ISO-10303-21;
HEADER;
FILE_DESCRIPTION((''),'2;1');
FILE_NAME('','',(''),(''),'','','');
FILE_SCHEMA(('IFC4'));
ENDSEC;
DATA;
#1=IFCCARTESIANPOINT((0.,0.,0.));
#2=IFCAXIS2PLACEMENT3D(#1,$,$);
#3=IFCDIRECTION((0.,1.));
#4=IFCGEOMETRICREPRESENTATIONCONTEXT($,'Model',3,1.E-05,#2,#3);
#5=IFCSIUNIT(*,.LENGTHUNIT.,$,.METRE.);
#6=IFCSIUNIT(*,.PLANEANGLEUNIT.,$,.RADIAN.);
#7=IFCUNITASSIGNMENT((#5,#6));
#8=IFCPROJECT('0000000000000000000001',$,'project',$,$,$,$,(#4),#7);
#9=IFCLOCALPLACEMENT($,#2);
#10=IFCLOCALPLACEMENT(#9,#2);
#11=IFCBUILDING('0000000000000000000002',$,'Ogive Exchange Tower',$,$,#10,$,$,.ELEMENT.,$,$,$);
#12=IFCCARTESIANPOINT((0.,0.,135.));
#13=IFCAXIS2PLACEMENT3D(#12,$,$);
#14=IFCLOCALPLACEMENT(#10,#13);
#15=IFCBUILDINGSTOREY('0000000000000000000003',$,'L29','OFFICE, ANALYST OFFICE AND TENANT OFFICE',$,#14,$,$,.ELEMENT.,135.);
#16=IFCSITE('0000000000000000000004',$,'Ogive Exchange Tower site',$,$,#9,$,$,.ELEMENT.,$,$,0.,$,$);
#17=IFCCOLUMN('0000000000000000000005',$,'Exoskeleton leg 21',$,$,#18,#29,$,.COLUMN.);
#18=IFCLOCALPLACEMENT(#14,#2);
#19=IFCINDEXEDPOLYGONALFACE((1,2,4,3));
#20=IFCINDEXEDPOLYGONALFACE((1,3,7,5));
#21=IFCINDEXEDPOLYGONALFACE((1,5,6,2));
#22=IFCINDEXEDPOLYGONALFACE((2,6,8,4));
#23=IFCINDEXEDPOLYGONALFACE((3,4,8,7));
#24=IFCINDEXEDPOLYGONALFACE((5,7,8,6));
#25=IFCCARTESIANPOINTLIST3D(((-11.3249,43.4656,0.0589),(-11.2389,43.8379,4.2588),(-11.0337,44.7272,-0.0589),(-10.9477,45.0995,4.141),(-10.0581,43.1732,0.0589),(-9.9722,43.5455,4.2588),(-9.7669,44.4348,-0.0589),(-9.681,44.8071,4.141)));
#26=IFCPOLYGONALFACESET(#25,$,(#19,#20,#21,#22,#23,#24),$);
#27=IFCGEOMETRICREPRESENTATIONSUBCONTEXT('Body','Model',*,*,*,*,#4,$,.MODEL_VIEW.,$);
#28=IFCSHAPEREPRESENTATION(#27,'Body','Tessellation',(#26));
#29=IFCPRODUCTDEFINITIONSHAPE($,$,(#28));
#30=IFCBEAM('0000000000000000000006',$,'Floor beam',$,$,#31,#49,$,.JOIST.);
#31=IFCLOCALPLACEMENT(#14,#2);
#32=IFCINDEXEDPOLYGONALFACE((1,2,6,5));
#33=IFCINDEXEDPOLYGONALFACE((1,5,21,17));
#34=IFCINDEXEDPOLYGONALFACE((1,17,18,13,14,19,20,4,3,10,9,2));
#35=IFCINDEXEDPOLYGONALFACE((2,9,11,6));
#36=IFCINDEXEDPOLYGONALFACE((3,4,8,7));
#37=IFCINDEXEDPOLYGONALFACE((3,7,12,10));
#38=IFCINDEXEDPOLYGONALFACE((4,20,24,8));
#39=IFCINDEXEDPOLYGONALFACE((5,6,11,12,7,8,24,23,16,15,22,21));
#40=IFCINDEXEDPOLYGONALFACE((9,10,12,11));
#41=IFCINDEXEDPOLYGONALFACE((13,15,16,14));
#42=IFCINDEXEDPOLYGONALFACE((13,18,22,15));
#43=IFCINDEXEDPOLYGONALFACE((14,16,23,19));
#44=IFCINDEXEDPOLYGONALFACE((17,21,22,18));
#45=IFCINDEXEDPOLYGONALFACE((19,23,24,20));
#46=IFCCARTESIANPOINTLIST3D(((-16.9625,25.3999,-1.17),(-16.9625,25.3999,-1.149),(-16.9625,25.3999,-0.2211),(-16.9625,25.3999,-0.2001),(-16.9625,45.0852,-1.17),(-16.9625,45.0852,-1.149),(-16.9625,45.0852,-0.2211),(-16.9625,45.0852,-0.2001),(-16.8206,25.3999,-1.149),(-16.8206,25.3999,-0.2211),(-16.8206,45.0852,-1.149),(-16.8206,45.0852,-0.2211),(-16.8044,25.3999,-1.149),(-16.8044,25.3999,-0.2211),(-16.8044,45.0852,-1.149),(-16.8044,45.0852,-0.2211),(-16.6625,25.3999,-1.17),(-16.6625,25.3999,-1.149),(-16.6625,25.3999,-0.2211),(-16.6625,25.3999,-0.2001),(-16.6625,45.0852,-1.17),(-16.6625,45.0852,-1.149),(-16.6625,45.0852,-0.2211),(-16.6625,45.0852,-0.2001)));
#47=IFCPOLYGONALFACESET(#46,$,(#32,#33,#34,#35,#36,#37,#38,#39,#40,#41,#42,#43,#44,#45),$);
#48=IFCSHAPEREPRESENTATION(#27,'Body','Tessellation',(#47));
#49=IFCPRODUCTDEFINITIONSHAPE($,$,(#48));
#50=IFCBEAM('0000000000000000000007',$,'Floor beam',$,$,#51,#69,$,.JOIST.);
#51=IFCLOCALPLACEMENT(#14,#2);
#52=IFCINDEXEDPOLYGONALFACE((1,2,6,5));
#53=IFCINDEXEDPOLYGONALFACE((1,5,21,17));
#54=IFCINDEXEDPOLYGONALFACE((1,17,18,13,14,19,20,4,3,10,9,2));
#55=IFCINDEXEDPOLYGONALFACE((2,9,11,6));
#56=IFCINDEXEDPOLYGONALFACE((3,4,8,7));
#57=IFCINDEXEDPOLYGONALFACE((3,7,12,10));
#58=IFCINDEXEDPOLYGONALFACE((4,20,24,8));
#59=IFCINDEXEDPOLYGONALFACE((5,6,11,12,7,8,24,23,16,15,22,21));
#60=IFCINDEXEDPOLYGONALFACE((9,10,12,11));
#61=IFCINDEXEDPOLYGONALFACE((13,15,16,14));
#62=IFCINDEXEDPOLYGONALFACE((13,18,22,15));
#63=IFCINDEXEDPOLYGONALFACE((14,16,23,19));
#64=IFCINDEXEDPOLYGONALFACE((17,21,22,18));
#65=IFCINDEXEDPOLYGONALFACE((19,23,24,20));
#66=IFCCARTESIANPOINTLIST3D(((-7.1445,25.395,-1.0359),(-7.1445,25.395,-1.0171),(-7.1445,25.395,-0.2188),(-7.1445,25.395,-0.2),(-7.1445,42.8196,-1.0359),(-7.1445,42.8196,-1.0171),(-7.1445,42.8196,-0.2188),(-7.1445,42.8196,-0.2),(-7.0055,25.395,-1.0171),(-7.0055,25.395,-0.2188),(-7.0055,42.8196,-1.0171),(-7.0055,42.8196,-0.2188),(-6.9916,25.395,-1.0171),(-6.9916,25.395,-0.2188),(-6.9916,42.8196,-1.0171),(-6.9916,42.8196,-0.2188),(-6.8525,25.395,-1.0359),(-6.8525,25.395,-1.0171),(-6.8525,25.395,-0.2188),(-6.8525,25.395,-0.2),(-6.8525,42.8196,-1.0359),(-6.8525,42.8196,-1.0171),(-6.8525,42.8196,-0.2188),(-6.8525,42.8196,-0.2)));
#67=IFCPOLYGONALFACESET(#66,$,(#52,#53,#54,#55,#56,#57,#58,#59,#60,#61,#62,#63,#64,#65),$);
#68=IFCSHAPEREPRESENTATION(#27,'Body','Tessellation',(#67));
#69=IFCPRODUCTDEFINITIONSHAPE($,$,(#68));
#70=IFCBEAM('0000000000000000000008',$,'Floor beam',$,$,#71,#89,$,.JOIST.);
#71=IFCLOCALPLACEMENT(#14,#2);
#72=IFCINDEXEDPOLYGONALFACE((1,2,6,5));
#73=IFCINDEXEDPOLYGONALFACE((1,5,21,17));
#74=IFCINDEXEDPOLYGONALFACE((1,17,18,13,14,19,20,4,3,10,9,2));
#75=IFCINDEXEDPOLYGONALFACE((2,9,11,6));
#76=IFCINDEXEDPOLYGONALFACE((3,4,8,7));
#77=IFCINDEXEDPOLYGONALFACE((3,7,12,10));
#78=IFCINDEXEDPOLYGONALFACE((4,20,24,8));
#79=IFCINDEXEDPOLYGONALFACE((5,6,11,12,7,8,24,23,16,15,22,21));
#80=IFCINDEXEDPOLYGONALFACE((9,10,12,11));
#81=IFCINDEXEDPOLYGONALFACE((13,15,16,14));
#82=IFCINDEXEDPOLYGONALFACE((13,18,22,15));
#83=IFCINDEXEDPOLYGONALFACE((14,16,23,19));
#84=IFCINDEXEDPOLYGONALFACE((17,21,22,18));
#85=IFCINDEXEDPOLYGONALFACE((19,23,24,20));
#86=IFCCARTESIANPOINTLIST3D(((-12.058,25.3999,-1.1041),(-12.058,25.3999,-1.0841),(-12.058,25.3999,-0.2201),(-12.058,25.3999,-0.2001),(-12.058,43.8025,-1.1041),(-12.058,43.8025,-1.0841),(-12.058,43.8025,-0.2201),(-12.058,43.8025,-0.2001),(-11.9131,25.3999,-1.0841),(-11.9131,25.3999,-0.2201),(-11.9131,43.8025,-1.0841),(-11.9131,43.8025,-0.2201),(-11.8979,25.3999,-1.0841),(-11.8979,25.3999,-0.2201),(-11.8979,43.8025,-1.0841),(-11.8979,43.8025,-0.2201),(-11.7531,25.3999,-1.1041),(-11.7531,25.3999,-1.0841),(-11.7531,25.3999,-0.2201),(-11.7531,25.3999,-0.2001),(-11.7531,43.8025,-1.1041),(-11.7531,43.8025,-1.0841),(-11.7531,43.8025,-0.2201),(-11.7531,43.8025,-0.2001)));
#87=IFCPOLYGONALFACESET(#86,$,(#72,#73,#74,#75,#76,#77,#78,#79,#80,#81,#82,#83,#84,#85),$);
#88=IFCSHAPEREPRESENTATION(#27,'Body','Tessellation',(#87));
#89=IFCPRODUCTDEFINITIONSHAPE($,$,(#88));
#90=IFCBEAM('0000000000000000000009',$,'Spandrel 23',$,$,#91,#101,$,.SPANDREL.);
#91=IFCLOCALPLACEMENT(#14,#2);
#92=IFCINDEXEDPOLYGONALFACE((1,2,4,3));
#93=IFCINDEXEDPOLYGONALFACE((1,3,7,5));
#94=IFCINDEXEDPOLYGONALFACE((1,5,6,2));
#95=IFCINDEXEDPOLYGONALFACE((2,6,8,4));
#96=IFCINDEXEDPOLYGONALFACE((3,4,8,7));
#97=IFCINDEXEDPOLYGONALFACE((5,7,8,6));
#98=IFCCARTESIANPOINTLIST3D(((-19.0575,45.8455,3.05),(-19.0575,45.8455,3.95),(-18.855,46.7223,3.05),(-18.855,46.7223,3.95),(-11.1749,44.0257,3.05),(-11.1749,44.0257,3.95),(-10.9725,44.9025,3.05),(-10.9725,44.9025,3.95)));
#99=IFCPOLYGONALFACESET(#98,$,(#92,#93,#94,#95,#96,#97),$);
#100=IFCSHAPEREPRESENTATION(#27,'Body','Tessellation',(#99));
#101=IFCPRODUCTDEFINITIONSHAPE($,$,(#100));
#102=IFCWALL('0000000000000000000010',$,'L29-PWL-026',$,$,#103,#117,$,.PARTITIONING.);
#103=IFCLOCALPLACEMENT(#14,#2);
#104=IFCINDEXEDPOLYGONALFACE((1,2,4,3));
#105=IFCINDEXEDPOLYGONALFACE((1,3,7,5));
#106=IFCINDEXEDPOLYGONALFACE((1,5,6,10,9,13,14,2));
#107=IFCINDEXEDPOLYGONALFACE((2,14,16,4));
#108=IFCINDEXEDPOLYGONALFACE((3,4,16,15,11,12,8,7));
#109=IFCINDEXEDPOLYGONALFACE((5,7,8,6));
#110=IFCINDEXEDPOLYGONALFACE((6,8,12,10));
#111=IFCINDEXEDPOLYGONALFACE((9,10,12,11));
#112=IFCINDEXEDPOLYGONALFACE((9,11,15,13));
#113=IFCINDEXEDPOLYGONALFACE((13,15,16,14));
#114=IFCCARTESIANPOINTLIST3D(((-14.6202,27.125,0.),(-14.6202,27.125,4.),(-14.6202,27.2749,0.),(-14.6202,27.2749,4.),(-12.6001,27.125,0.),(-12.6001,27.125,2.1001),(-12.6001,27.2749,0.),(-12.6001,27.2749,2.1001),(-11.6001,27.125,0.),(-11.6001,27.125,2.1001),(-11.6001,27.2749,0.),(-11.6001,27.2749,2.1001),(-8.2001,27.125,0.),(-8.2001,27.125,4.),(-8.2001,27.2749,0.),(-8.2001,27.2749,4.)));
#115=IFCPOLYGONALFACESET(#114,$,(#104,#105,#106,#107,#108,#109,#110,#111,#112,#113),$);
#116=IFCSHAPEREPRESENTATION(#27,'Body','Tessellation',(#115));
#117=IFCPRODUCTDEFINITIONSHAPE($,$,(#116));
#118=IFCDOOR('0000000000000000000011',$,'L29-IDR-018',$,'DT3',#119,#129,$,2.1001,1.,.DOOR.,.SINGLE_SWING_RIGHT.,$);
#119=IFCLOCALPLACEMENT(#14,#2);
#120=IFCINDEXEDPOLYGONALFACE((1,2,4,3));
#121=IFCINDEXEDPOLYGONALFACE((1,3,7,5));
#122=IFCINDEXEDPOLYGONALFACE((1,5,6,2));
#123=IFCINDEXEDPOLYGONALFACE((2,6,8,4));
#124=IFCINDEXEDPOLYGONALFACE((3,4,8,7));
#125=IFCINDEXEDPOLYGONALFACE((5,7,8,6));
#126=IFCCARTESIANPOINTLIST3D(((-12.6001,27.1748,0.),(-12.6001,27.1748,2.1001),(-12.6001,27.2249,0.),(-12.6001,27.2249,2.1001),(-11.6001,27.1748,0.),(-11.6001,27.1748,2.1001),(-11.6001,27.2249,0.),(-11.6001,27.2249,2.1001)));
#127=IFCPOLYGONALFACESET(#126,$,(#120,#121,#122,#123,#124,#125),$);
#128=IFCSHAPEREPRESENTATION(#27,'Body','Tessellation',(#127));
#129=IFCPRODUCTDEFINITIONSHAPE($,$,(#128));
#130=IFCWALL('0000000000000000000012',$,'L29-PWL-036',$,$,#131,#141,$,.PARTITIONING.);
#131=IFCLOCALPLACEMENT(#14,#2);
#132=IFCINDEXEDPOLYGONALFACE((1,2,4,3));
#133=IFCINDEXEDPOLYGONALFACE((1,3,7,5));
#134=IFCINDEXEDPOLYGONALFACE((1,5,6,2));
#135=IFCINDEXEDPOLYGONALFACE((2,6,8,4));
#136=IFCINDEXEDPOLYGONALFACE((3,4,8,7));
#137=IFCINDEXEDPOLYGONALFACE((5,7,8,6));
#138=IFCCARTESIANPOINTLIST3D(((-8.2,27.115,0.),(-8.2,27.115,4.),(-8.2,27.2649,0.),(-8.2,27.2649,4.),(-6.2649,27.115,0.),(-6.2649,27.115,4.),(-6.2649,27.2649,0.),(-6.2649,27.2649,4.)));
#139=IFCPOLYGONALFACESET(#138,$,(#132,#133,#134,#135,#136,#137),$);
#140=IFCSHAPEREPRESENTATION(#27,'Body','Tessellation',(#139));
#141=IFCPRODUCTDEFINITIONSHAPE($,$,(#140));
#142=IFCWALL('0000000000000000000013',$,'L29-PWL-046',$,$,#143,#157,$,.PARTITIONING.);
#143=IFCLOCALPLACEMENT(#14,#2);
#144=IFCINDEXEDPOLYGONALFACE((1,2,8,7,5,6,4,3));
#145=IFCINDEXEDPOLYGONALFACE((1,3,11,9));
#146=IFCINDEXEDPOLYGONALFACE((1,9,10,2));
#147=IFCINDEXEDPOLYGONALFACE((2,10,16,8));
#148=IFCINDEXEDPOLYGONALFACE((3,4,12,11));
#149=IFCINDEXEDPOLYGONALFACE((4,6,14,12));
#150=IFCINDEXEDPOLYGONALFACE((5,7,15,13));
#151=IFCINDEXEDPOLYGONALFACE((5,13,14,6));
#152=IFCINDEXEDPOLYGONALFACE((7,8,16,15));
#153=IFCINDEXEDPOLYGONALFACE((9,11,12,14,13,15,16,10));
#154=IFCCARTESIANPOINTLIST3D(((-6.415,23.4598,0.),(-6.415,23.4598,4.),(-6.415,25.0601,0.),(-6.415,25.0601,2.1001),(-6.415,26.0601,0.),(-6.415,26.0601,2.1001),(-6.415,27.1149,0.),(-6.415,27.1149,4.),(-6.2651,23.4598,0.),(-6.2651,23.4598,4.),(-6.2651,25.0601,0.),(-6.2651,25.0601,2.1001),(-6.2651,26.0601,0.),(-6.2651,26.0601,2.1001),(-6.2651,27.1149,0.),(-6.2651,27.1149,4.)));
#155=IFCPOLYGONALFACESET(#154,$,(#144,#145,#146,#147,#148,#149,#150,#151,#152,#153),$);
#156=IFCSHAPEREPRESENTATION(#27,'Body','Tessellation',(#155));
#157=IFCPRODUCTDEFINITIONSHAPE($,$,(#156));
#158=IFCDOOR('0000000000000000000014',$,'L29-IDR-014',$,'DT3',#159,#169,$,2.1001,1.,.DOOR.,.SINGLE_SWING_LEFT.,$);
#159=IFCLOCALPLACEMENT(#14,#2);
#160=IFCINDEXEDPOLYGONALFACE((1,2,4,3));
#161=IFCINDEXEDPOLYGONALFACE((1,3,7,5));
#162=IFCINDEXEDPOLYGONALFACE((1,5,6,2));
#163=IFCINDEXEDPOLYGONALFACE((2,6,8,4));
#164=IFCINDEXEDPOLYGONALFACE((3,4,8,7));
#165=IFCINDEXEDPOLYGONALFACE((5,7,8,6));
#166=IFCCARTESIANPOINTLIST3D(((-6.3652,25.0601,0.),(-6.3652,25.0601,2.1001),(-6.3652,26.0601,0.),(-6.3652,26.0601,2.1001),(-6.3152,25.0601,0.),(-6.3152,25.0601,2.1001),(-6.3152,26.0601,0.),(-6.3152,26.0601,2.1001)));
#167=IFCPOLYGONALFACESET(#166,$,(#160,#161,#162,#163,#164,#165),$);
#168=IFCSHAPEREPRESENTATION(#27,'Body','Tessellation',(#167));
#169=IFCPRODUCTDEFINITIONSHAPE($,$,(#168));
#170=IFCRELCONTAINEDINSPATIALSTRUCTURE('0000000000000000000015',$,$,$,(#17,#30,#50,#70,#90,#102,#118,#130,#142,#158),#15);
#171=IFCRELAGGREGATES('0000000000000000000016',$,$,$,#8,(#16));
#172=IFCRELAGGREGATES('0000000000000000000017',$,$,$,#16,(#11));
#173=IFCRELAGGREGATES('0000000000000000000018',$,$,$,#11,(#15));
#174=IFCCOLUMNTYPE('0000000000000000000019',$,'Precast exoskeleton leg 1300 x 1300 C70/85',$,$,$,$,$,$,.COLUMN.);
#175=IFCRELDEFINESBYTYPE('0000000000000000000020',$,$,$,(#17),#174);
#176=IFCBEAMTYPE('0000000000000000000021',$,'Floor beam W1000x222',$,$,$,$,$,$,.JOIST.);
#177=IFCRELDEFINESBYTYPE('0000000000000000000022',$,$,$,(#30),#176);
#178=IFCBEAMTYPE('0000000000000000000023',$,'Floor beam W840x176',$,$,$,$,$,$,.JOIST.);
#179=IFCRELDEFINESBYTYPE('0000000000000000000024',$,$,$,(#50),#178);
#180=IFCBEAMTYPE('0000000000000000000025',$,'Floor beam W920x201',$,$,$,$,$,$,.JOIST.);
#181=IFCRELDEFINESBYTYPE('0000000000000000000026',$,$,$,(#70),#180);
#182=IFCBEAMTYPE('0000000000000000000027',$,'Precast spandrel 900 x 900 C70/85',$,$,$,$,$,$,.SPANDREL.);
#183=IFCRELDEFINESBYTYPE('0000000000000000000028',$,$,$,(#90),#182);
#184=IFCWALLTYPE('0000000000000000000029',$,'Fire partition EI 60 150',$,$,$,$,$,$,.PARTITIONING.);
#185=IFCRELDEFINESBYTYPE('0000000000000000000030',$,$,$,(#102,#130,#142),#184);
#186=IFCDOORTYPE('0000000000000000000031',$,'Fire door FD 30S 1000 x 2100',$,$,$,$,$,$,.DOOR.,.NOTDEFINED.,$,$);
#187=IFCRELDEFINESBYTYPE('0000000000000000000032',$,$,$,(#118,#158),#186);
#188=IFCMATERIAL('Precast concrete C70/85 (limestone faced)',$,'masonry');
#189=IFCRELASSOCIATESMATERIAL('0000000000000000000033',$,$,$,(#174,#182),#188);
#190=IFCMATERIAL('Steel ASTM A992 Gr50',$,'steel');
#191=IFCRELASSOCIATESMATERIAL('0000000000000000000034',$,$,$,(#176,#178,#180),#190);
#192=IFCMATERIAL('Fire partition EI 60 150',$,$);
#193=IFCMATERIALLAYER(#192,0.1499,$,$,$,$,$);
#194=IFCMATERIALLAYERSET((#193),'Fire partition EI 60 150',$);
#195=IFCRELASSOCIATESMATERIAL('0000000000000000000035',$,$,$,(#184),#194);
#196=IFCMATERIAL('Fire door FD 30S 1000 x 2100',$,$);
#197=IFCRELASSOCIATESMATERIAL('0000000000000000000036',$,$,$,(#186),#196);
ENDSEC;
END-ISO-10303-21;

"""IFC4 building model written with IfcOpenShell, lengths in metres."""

from ifc_helpers import new_model, si_unit, direction, frame, frame_2d, origin, origin_2d, place, context, subcontext, project, spatial, rectangle, i_section, extrude, material, layer, layer_set, material_profile, profile_set, type_object, element, fill, save


model = new_model("IFC4")

# Units and contexts
model_context = context("Model", 3, precision=1e-05, world=origin(), true_north=direction((0.0, 1.0)))
body_context = subcontext(model_context, "Body", "Model", "MODEL_VIEW")
ifc_project = project(units=[si_unit("LENGTHUNIT", "METRE"), si_unit("PLANEANGLEUNIT", "RADIAN")], contexts=[model_context])

# Site, building, storey
site_placement = place(None, origin())
site = spatial("IfcSite", under=ifc_project, at=site_placement, Name="Ogive Exchange Tower site", CompositionType="ELEMENT", RefElevation=0.0)
building_placement = place(site_placement, origin())
building = spatial("IfcBuilding", under=site, at=building_placement, Name="Ogive Exchange Tower", CompositionType="ELEMENT")
storey_placement = place(building_placement, frame((0.0, 0.0, 135.0)))
storey = spatial("IfcBuildingStorey", under=building, at=storey_placement, Name="L29", Description="OFFICE, ANALYST OFFICE AND TENANT OFFICE", CompositionType="ELEMENT", Elevation=135.0)

# Column
ifc_material_1 = material(Name="Precast concrete C70/85 (limestone faced)", Category="masonry")
ifc_material_profile_1 = material_profile(ifc_material_1, rectangle(XDim=1.3, YDim=1.3, at=origin_2d()), Name="1300 x 1300")
ifc_profile_set_1 = profile_set([ifc_material_profile_1], Name="Precast concrete C70/85 (limestone faced)")
column_type = type_object("IfcColumnType", Name="Precast exoskeleton leg 1300 x 1300 C70/85", PredefinedType="COLUMN", material=ifc_profile_set_1)
column_placement = place(storey_placement, frame((-10.5459, 43.9502, 0.0), z_axis=(0.020377, 0.088283, 0.995887), x_axis=(-0.97438, 0.224906, 0.0)))
element("IfcColumn", 1, at=column_placement, inside=storey, type_object=column_type, Name="Exoskeleton leg 21", PredefinedType="COLUMN", context=body_context, shape_type="SweptSolid", body=[
    extrude(rectangle(XDim=1.3, YDim=1.3, at=origin_2d()), origin(), (0.0, 0.0, 1.0), 4.2173),
])

# Beams
ifc_material_2 = material(Name="Steel ASTM A992 Gr50", Category="steel")
ifc_material_profile_2 = material_profile(ifc_material_2, i_section(OverallWidth=0.3, OverallDepth=0.97, WebThickness=0.0161, FlangeThickness=0.021, at=origin_2d()), Name="W1000x222")
ifc_profile_set_2 = profile_set([ifc_material_profile_2], Name="Steel ASTM A992 Gr50")
beam_type_1 = type_object("IfcBeamType", Name="Floor beam W1000x222", PredefinedType="JOIST", material=ifc_profile_set_2)
beam_1_placement = place(storey_placement, frame((-16.8125, 25.3999, -0.6851), z_axis=(0.0, 1.0, 0.0), x_axis=(-1.0, 0.0, 0.0)))
element("IfcBeam", 2, at=beam_1_placement, inside=storey, type_object=beam_type_1, Name="Floor beam", PredefinedType="JOIST", context=body_context, shape_type="SweptSolid", body=[
    extrude(i_section(OverallWidth=0.3, OverallDepth=0.97, WebThickness=0.0161, FlangeThickness=0.021, at=origin_2d()), origin(), (0.0, 0.0, 1.0), 19.6853),
])
ifc_material_profile_3 = material_profile(ifc_material_2, i_section(OverallWidth=0.292, OverallDepth=0.8359, WebThickness=0.0139, FlangeThickness=0.0188, at=origin_2d()), Name="W840x176")
ifc_profile_set_3 = profile_set([ifc_material_profile_3], Name="Steel ASTM A992 Gr50")
beam_type_2 = type_object("IfcBeamType", Name="Floor beam W840x176", PredefinedType="JOIST", material=ifc_profile_set_3)
beam_2_placement = place(storey_placement, frame((-6.9985, 25.395, -0.6179), z_axis=(0.0, 1.0, 0.0), x_axis=(-1.0, 0.0, 0.0)))
element("IfcBeam", 3, at=beam_2_placement, inside=storey, type_object=beam_type_2, Name="Floor beam", PredefinedType="JOIST", context=body_context, shape_type="SweptSolid", body=[
    extrude(i_section(OverallWidth=0.292, OverallDepth=0.8359, WebThickness=0.0139, FlangeThickness=0.0188, at=origin_2d()), origin(), (0.0, 0.0, 1.0), 17.4246),
])
ifc_material_profile_4 = material_profile(ifc_material_2, i_section(OverallWidth=0.3049, OverallDepth=0.9041, WebThickness=0.0151, FlangeThickness=0.02, at=origin_2d()), Name="W920x201")
ifc_profile_set_4 = profile_set([ifc_material_profile_4], Name="Steel ASTM A992 Gr50")
beam_type_3 = type_object("IfcBeamType", Name="Floor beam W920x201", PredefinedType="JOIST", material=ifc_profile_set_4)
beam_3_placement = place(storey_placement, frame((-11.9055, 25.3999, -0.6521), z_axis=(0.0, 1.0, 0.0), x_axis=(-1.0, 0.0, 0.0)))
element("IfcBeam", 4, at=beam_3_placement, inside=storey, type_object=beam_type_3, Name="Floor beam", PredefinedType="JOIST", context=body_context, shape_type="SweptSolid", body=[
    extrude(i_section(OverallWidth=0.3049, OverallDepth=0.9041, WebThickness=0.0151, FlangeThickness=0.02, at=origin_2d()), origin(), (0.0, 0.0, 1.0), 18.4026),
])
ifc_material_profile_5 = material_profile(ifc_material_1, rectangle(XDim=0.8999, YDim=0.8999, at=origin_2d()), Name="900 x 900")
ifc_profile_set_5 = profile_set([ifc_material_profile_5], Name="Precast concrete C70/85 (limestone faced)")
beam_type_4 = type_object("IfcBeamType", Name="Precast spandrel 900 x 900 C70/85", PredefinedType="SPANDREL", material=ifc_profile_set_5)
beam_4_placement = place(storey_placement, frame((-11.0737, 44.4641, 3.5), z_axis=(-0.97437, 0.22495, 0.0), x_axis=(-0.22495, -0.97437, 0.0)))
element("IfcBeam", 5, at=beam_4_placement, inside=storey, type_object=beam_type_4, Name="Spandrel 23", PredefinedType="SPANDREL", context=body_context, shape_type="SweptSolid", body=[
    extrude(rectangle(XDim=0.8999, YDim=0.8999, at=origin_2d()), origin(), (0.0, 0.0, 1.0), 8.0898),
])

# Wall, opening, door
ifc_material_3 = material(Name="Fire partition EI 60 150")
ifc_layer_1 = layer(ifc_material_3, 0.1499)
ifc_layer_set_1 = layer_set([ifc_layer_1], Name="Fire partition EI 60 150")
wall_type_1 = type_object("IfcWallType", Name="Fire partition EI 60 150", PredefinedType="PARTITIONING", material=ifc_layer_set_1)
wall_1_placement = place(storey_placement, frame((-14.6201, 27.2, 0.0), z_axis=(0.0, 0.0, 1.0), x_axis=(1.0, 0.0, 0.0)))
wall_1 = element("IfcWall", 6, at=wall_1_placement, inside=storey, type_object=wall_type_1, Name="L29-PWL-026", PredefinedType="PARTITIONING", context=body_context, shape_type="SweptSolid", body=[
    extrude(rectangle(XDim=6.4202, YDim=0.1499, at=frame_2d((3.21, 0.0))), origin(), (0.0, 0.0, 1.0), 4.0),
])
opening_1_placement = place(wall_1_placement, frame((2.02, 0.0, 0.0)))
opening_1 = element("IfcOpeningElement", 7, at=opening_1_placement, cuts=wall_1, PredefinedType="OPENING", context=body_context, shape_type="SweptSolid", body=[
    extrude(rectangle(XDim=1.0, YDim=2.1001, at=frame_2d((0.5, 1.05))), frame((0.0, 0.085, 0.0), z_axis=(0.0, -1.0, 0.0), x_axis=(1.0, 0.0, 0.0)), (0.0, 0.0, 1.0), 0.1699),
])
ifc_material_4 = material(Name="Fire door FD 30S 1000 x 2100")
door_type_1 = type_object("IfcDoorType", Name="Fire door FD 30S 1000 x 2100", OperationType="NOTDEFINED", PredefinedType="DOOR", material=ifc_material_4)
door_1_placement = place(opening_1_placement, origin())
door_1 = element("IfcDoor", 8, at=door_1_placement, inside=storey, type_object=door_type_1, Name="L29-IDR-018", ObjectType="DT3", OperationType="SINGLE_SWING_RIGHT", OverallHeight=2.1001, OverallWidth=1.0, PredefinedType="DOOR", context=body_context, shape_type="SweptSolid", body=[
    extrude(rectangle(XDim=1.0, YDim=2.1001, at=frame_2d((0.5, 1.05))), frame((0.0, 0.0249, 0.0), z_axis=(0.0, -1.0, 0.0), x_axis=(1.0, 0.0, 0.0)), (0.0, 0.0, 1.0), 0.05),
])
fill(opening_1, door_1)

# Wall
wall_2_placement = place(storey_placement, frame((-8.2, 27.1899, 0.0), z_axis=(0.0, 0.0, 1.0), x_axis=(1.0, 0.0, 0.0)))
element("IfcWall", 9, at=wall_2_placement, inside=storey, type_object=wall_type_1, Name="L29-PWL-036", PredefinedType="PARTITIONING", context=body_context, shape_type="SweptSolid", body=[
    extrude(rectangle(XDim=1.9351, YDim=0.1499, at=frame_2d((0.9675, 0.0))), origin(), (0.0, 0.0, 1.0), 4.0),
])

# Wall, opening, door
wall_3_placement = place(storey_placement, frame((-6.3401, 27.115, 0.0), z_axis=(0.0, 0.0, 1.0), x_axis=(0.0, -1.0, 0.0)))
wall_3 = element("IfcWall", 10, at=wall_3_placement, inside=storey, type_object=wall_type_1, Name="L29-PWL-046", PredefinedType="PARTITIONING", context=body_context, shape_type="SweptSolid", body=[
    extrude(rectangle(XDim=3.655, YDim=0.1499, at=frame_2d((1.8276, 0.0))), origin(), (0.0, 0.0, 1.0), 4.0),
])
opening_2_placement = place(wall_3_placement, frame((1.0549, 0.0, 0.0)))
opening_2 = element("IfcOpeningElement", 11, at=opening_2_placement, cuts=wall_3, PredefinedType="OPENING", context=body_context, shape_type="SweptSolid", body=[
    extrude(rectangle(XDim=1.0, YDim=2.1001, at=frame_2d((0.5, 1.05))), frame((0.0, 0.085, 0.0), z_axis=(0.0, -1.0, 0.0), x_axis=(1.0, 0.0, 0.0)), (0.0, 0.0, 1.0), 0.1699),
])
door_2_placement = place(opening_2_placement, origin())
door_2 = element("IfcDoor", 12, at=door_2_placement, inside=storey, type_object=door_type_1, Name="L29-IDR-014", ObjectType="DT3", OperationType="SINGLE_SWING_LEFT", OverallHeight=2.1001, OverallWidth=1.0, PredefinedType="DOOR", context=body_context, shape_type="SweptSolid", body=[
    extrude(rectangle(XDim=1.0, YDim=2.1001, at=frame_2d((0.5, 1.05))), frame((0.0, 0.0249, 0.0), z_axis=(0.0, -1.0, 0.0), x_axis=(1.0, 0.0, 0.0)), (0.0, 0.0, 1.0), 0.05),
])
fill(opening_2, door_2)

save(model, "model.ifc")
